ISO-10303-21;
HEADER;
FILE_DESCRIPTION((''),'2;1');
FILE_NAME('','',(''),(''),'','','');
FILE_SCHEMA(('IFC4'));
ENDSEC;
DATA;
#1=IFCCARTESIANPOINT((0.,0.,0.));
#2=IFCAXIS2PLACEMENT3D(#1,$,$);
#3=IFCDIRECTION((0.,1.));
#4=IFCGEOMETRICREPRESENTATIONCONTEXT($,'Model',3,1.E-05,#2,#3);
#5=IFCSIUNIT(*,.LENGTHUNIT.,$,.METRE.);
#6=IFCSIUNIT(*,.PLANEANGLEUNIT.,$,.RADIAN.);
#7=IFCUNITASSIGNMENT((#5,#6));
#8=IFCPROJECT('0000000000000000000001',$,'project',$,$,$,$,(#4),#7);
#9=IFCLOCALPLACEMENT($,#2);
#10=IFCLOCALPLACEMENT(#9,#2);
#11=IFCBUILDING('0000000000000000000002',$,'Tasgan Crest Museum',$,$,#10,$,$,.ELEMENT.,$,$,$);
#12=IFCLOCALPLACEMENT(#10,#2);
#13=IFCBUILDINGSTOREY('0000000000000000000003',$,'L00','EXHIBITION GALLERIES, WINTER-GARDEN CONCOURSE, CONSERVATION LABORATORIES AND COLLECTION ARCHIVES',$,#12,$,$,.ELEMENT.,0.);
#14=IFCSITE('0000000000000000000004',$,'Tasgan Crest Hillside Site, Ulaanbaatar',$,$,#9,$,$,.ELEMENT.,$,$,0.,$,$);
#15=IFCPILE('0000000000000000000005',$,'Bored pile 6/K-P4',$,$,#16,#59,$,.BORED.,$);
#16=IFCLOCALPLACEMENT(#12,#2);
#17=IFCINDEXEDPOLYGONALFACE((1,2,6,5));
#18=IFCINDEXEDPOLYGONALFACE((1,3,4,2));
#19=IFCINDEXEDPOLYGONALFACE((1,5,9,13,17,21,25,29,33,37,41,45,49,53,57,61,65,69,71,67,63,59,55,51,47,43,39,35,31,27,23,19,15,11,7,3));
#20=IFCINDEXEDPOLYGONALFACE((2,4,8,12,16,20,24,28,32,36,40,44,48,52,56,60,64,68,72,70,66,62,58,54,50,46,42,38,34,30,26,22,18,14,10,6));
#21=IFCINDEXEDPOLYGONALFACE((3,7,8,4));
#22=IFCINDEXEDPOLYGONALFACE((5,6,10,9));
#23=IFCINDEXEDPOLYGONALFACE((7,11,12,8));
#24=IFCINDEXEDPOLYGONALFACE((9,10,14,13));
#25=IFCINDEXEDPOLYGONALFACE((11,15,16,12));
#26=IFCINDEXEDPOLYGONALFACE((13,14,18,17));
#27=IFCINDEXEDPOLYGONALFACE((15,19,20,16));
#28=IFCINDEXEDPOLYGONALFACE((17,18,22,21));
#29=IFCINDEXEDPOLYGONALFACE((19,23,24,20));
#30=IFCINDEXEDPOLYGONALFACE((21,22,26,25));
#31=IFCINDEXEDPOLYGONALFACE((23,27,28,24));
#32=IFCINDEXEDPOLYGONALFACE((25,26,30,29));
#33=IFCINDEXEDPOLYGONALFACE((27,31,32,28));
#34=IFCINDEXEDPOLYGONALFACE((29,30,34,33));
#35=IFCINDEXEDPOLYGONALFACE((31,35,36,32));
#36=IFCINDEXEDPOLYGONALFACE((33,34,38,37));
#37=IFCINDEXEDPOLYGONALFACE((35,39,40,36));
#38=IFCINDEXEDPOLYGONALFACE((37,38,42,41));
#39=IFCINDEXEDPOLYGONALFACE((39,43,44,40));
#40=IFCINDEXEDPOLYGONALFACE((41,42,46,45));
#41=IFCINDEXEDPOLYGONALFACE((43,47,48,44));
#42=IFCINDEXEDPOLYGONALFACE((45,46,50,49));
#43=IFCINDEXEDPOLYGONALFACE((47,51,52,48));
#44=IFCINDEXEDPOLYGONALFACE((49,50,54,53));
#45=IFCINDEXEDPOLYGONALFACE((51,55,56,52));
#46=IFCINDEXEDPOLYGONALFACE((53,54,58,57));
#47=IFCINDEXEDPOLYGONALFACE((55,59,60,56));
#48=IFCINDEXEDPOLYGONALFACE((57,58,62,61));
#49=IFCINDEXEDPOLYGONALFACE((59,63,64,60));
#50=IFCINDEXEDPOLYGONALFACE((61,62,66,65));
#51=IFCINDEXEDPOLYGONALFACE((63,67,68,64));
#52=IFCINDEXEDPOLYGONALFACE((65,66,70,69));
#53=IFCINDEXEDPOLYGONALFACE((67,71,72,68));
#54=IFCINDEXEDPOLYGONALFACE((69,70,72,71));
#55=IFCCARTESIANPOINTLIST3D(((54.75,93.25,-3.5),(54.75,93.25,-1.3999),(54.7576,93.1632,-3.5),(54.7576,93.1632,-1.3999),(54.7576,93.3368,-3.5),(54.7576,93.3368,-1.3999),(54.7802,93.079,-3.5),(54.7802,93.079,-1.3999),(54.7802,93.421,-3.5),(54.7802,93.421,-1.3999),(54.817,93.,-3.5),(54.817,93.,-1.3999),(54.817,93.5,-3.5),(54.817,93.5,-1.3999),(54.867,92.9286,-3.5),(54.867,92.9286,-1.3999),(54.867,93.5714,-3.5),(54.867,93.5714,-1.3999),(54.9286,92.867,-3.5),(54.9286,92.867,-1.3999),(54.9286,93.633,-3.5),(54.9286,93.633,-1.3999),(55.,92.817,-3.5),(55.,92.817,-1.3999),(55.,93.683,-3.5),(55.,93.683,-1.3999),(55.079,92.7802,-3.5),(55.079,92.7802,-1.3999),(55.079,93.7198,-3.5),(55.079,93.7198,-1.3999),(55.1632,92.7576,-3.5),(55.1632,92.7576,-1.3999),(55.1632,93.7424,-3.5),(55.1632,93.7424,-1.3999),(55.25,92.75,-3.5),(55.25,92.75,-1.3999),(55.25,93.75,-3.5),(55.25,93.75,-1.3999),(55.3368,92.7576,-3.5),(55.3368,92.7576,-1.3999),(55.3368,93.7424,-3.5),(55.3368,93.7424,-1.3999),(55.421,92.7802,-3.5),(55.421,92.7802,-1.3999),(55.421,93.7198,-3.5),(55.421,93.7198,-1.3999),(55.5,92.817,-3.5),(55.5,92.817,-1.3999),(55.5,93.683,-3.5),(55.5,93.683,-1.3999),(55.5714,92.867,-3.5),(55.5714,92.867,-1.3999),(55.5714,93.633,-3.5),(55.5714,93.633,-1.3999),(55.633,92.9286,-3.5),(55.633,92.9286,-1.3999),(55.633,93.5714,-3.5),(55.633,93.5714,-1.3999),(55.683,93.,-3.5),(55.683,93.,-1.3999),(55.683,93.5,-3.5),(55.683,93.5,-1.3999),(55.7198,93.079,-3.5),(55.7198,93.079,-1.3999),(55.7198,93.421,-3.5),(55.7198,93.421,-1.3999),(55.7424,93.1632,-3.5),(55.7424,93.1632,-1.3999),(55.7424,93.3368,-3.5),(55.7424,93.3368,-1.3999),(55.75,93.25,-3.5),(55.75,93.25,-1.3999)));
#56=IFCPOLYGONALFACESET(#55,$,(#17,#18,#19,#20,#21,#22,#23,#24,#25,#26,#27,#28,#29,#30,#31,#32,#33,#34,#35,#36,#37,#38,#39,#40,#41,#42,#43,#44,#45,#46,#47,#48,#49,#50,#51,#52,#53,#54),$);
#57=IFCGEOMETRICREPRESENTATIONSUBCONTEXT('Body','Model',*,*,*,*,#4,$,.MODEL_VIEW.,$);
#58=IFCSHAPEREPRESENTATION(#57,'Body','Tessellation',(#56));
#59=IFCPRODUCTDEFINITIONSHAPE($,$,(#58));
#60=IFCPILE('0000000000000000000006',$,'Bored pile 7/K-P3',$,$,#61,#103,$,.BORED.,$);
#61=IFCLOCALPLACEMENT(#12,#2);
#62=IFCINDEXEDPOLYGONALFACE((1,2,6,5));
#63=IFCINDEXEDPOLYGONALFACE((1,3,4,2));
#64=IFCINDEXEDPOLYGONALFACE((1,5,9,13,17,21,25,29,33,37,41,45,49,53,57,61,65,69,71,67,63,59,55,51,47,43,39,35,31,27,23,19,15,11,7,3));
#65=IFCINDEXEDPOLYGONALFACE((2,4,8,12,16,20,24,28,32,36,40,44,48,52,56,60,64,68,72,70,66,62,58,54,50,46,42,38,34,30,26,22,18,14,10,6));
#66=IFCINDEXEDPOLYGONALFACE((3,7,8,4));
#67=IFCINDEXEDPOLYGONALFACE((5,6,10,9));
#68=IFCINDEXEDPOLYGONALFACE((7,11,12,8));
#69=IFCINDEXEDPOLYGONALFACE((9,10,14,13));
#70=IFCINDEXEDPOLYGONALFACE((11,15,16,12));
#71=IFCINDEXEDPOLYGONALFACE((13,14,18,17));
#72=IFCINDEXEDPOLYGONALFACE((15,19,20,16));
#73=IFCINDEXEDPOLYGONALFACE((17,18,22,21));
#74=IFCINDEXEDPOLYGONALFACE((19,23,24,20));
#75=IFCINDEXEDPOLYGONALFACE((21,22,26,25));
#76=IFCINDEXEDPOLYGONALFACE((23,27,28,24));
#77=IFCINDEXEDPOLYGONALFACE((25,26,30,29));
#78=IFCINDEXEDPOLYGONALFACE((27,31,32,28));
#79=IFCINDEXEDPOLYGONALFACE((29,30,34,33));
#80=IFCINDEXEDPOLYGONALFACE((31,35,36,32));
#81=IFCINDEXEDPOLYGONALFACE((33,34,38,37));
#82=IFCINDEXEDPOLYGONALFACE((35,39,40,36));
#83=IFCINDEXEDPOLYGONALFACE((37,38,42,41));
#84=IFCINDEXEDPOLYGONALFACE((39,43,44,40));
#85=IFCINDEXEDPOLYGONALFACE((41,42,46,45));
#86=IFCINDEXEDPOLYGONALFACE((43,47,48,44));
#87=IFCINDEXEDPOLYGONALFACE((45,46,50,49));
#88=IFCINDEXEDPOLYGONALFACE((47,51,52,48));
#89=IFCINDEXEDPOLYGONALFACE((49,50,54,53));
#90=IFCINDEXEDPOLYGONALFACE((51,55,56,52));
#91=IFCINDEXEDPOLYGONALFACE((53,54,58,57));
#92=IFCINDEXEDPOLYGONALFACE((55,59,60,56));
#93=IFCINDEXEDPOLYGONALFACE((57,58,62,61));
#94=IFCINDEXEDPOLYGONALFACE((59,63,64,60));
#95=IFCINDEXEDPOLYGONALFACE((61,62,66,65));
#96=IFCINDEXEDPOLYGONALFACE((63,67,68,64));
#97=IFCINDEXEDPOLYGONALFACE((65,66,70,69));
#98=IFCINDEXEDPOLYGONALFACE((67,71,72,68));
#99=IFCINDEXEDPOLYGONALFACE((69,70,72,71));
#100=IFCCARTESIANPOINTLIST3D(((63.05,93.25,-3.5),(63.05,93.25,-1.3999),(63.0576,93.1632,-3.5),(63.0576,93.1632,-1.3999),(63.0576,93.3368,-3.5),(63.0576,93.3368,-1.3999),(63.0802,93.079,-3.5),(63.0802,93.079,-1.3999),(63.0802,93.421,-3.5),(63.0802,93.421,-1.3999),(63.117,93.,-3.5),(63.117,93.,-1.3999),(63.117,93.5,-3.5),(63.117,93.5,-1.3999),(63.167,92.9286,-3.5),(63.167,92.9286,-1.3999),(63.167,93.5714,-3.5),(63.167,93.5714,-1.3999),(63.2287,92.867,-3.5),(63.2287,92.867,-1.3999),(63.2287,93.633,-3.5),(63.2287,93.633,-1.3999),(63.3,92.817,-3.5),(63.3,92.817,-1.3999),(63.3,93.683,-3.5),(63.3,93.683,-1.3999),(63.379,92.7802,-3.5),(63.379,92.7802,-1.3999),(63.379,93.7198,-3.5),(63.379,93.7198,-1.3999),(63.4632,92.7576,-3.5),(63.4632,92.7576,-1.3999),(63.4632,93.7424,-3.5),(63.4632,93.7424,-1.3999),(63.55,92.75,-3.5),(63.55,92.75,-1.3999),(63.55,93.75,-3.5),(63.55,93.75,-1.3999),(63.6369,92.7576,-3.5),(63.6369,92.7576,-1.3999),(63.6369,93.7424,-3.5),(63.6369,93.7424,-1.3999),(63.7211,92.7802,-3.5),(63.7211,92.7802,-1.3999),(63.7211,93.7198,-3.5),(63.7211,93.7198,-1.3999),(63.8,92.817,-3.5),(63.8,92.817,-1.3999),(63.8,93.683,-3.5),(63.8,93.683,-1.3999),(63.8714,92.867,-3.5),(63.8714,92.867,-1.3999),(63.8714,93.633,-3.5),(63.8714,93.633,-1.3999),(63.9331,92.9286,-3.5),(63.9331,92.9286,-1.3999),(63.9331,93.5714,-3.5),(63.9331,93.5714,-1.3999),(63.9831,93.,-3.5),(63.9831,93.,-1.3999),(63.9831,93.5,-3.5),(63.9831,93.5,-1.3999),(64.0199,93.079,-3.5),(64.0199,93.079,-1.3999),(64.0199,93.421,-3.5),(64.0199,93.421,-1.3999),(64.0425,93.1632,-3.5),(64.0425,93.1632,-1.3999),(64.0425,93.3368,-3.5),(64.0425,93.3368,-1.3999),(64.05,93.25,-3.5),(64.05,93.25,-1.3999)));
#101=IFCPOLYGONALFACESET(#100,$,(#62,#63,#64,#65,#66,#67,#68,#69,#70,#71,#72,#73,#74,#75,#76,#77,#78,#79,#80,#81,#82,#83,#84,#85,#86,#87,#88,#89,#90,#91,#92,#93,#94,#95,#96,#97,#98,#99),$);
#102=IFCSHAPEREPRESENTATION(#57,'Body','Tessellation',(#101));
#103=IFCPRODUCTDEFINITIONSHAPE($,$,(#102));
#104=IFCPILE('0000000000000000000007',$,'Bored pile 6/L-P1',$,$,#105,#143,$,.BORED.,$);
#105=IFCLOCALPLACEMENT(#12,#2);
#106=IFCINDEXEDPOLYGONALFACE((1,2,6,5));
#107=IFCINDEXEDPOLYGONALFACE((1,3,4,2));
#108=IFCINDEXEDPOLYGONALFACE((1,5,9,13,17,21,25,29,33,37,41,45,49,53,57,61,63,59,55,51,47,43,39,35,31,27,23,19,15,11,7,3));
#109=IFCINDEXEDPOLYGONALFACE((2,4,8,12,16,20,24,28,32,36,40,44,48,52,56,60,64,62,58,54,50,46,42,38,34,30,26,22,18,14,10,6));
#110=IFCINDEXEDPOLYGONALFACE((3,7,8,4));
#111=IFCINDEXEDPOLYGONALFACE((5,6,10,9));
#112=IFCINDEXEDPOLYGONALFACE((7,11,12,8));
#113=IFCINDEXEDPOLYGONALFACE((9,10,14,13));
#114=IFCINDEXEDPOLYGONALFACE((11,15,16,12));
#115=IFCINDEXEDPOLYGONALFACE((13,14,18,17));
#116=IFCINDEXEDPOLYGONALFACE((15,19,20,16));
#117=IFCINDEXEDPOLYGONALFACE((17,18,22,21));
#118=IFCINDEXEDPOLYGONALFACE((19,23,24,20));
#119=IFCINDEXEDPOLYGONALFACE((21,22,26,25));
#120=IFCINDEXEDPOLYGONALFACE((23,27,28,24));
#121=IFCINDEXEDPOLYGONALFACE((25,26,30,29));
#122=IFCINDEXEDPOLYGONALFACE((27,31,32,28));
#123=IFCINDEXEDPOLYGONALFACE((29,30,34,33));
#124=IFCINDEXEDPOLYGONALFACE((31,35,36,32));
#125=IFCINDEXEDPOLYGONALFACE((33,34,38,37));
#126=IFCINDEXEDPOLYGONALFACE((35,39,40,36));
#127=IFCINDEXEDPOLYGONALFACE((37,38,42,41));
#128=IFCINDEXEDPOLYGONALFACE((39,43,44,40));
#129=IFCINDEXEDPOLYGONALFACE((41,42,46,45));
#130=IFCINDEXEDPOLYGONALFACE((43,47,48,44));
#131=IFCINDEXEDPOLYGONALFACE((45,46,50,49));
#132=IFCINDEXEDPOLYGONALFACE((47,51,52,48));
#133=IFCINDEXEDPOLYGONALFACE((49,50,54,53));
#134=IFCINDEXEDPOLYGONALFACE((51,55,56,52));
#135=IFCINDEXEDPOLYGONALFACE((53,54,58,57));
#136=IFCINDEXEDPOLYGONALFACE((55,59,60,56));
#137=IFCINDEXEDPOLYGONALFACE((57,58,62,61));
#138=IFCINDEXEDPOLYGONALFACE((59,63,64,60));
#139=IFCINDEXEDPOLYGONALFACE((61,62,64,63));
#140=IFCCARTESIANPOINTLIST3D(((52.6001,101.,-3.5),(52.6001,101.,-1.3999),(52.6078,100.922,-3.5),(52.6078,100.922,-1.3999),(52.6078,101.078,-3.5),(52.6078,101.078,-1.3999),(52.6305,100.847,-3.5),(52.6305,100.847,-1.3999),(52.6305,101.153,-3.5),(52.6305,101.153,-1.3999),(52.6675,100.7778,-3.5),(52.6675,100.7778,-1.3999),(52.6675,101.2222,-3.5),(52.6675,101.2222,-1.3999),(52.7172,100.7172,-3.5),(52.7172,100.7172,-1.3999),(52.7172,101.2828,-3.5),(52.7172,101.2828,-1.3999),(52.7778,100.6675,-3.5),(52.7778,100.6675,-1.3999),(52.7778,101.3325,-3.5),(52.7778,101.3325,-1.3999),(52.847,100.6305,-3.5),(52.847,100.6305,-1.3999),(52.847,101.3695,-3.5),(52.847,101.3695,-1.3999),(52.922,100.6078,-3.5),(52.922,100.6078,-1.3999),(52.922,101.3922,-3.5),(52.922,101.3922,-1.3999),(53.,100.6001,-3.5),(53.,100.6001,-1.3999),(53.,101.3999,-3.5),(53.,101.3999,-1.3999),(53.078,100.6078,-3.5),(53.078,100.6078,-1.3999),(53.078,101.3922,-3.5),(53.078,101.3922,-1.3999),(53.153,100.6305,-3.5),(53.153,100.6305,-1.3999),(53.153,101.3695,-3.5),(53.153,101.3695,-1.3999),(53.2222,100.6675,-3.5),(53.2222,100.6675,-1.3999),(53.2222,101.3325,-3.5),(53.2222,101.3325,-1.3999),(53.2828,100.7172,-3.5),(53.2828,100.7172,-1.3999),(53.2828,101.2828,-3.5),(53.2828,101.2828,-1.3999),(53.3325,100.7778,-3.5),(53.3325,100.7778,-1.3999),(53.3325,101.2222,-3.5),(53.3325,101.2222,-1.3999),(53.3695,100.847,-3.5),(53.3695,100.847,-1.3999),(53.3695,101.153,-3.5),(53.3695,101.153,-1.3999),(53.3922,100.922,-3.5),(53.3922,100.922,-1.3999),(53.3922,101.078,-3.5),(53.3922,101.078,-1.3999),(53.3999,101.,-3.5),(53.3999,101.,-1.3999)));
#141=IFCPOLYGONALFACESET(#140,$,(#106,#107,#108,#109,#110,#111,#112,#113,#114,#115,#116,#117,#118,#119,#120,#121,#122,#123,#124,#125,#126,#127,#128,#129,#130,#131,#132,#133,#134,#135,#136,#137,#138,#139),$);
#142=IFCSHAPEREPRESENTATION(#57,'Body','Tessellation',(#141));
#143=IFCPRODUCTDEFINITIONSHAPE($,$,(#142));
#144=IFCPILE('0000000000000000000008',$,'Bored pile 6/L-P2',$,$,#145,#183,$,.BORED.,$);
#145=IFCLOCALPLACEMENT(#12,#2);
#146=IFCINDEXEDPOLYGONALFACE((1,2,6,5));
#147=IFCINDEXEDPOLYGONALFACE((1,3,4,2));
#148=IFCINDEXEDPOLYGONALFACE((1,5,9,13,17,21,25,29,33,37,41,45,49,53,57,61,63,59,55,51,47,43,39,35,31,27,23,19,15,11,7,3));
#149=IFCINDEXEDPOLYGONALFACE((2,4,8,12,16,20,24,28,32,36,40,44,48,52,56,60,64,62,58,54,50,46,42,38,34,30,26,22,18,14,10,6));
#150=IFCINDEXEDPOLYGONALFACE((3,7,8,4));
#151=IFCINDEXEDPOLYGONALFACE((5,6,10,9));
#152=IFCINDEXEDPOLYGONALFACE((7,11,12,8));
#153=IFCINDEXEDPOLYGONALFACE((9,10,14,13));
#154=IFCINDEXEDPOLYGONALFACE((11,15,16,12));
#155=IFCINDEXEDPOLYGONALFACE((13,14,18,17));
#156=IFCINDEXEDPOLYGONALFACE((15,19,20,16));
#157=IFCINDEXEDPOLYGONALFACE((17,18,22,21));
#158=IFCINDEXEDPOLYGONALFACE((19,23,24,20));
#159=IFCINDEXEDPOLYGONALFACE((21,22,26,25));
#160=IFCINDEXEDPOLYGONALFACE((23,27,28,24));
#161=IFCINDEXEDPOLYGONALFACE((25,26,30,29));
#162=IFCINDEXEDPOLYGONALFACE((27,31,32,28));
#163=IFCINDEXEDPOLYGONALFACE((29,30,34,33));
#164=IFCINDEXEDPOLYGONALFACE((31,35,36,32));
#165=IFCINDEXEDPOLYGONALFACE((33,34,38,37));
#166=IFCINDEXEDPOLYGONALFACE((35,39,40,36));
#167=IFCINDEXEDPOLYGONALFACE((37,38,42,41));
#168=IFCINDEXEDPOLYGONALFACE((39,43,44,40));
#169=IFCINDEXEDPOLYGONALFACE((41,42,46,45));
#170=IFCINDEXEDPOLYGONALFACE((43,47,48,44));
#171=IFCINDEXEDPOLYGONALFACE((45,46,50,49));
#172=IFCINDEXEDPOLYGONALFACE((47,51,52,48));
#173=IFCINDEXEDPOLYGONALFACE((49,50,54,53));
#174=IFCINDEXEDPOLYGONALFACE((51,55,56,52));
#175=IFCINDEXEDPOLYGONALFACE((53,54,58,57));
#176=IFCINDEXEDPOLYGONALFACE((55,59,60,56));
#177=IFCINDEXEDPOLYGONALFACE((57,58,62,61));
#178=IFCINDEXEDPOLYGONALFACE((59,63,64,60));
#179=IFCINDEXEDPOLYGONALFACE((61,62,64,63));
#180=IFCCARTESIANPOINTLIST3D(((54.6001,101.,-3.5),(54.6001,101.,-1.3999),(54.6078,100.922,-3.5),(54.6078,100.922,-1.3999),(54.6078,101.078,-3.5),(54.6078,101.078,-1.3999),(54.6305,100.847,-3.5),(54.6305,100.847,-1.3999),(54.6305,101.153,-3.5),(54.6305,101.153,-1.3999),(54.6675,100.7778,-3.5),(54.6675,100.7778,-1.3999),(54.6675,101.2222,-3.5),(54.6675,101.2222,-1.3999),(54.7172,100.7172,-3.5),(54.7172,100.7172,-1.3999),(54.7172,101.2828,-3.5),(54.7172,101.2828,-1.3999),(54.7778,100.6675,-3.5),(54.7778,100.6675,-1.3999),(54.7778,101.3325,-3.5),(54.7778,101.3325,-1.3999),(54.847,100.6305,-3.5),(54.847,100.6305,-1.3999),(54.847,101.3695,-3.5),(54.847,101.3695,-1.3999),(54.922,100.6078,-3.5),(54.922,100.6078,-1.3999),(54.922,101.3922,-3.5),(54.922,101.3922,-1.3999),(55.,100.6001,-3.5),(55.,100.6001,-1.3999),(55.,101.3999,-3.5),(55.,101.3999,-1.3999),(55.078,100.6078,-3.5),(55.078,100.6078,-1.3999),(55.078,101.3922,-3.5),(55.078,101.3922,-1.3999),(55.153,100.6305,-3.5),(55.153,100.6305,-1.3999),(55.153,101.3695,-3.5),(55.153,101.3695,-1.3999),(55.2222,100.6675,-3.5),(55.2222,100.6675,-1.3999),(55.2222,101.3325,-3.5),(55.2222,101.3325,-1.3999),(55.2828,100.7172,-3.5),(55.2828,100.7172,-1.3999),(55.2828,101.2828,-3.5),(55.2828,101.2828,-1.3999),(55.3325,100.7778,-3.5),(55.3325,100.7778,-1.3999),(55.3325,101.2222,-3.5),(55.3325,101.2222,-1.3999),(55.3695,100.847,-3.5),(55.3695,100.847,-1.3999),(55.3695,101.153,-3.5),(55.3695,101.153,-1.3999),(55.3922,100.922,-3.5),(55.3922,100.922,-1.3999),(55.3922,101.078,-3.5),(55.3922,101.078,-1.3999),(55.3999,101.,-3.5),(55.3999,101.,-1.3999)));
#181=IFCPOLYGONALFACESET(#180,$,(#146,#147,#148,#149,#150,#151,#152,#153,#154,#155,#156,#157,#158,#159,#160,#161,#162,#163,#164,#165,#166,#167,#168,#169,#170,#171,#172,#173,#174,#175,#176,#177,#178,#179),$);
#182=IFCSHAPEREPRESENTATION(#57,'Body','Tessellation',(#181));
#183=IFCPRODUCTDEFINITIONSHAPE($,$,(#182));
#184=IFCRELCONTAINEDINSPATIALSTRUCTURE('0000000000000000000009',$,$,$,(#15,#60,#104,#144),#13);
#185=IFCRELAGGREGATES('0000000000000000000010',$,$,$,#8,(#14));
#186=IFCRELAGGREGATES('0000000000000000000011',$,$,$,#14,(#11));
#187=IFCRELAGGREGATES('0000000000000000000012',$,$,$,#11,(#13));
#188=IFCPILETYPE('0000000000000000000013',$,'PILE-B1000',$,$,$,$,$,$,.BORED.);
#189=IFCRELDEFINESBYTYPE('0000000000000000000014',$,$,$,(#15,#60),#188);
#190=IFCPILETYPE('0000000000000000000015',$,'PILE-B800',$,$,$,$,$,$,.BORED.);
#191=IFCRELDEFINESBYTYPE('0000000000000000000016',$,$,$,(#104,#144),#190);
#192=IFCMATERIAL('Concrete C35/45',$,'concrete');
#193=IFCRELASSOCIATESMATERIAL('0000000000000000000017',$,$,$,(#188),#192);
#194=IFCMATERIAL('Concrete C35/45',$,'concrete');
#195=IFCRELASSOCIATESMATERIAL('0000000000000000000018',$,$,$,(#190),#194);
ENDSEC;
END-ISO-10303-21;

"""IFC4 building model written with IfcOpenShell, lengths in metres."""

from ifc_helpers import new_model, si_unit, direction, frame, origin, origin_2d, place, context, subcontext, project, spatial, circle, extrude, material, material_profile, profile_set, type_object, element, save


model = new_model("IFC4")

# Units and contexts
model_context = context("Model", 3, precision=1e-05, world=origin(), true_north=direction((0.0, 1.0)))
body_context = subcontext(model_context, "Body", "Model", "MODEL_VIEW")
ifc_project = project(units=[si_unit("LENGTHUNIT", "METRE"), si_unit("PLANEANGLEUNIT", "RADIAN")], contexts=[model_context])

# Site, building, storey
site_placement = place(None, origin())
site = spatial("IfcSite", under=ifc_project, at=site_placement, Name="Tasgan Crest Hillside Site, Ulaanbaatar", CompositionType="ELEMENT", RefElevation=0.0)
building_placement = place(site_placement, origin())
building = spatial("IfcBuilding", under=site, at=building_placement, Name="Tasgan Crest Museum", CompositionType="ELEMENT")
storey_placement = place(building_placement, origin())
storey = spatial("IfcBuildingStorey", under=building, at=storey_placement, Name="L00", Description="EXHIBITION GALLERIES, WINTER-GARDEN CONCOURSE, CONSERVATION LABORATORIES AND COLLECTION ARCHIVES", CompositionType="ELEMENT", Elevation=0.0)

# Piles
ifc_material_1 = material(Name="Concrete C35/45", Category="concrete")
ifc_material_profile_1 = material_profile(ifc_material_1, circle(Radius=0.5, at=origin_2d()), Name="PILE D1000")
ifc_profile_set_1 = profile_set([ifc_material_profile_1], Name="Concrete C35/45")
pile_type_1 = type_object("IfcPileType", Name="PILE-B1000", PredefinedType="BORED", material=ifc_profile_set_1)
for number, where, z_axis, x_axis, name in (
    (1, (55.25, 93.25, -1.3999), (0.0, 0.0, -1.0), (1.0, 0.0, 0.0), "Bored pile 6/K-P4"),
    (2, (63.55, 93.25, -1.3999), (0.0, 0.0, -1.0), (1.0, 0.0, 0.0), "Bored pile 7/K-P3"),
):
    element("IfcPile", number, at=place(storey_placement, frame(where, z_axis=z_axis, x_axis=x_axis)), inside=storey, type_object=pile_type_1, Name=name, PredefinedType="BORED", context=body_context, shape_type="SweptSolid", body=[
        extrude(circle(Radius=0.5, at=origin_2d()), origin(), (0.0, 0.0, 1.0), 2.1001),
    ])
ifc_material_2 = material(Name="Concrete C35/45", Category="concrete")
ifc_material_profile_2 = material_profile(ifc_material_2, circle(Radius=0.3999, at=origin_2d()), Name="PILE D800")
ifc_profile_set_2 = profile_set([ifc_material_profile_2], Name="Concrete C35/45")
pile_type_2 = type_object("IfcPileType", Name="PILE-B800", PredefinedType="BORED", material=ifc_profile_set_2)
for number, where, z_axis, x_axis, name in (
    (3, (53.0, 101.0, -1.3999), (0.0, 0.0, -1.0), (1.0, 0.0, 0.0), "Bored pile 6/L-P1"),
    (4, (55.0, 101.0, -1.3999), (0.0, 0.0, -1.0), (1.0, 0.0, 0.0), "Bored pile 6/L-P2"),
):
    element("IfcPile", number, at=place(storey_placement, frame(where, z_axis=z_axis, x_axis=x_axis)), inside=storey, type_object=pile_type_2, Name=name, PredefinedType="BORED", context=body_context, shape_type="SweptSolid", body=[
        extrude(circle(Radius=0.3999, at=origin_2d()), origin(), (0.0, 0.0, 1.0), 2.1001),
    ])

save(model, "model.ifc")
